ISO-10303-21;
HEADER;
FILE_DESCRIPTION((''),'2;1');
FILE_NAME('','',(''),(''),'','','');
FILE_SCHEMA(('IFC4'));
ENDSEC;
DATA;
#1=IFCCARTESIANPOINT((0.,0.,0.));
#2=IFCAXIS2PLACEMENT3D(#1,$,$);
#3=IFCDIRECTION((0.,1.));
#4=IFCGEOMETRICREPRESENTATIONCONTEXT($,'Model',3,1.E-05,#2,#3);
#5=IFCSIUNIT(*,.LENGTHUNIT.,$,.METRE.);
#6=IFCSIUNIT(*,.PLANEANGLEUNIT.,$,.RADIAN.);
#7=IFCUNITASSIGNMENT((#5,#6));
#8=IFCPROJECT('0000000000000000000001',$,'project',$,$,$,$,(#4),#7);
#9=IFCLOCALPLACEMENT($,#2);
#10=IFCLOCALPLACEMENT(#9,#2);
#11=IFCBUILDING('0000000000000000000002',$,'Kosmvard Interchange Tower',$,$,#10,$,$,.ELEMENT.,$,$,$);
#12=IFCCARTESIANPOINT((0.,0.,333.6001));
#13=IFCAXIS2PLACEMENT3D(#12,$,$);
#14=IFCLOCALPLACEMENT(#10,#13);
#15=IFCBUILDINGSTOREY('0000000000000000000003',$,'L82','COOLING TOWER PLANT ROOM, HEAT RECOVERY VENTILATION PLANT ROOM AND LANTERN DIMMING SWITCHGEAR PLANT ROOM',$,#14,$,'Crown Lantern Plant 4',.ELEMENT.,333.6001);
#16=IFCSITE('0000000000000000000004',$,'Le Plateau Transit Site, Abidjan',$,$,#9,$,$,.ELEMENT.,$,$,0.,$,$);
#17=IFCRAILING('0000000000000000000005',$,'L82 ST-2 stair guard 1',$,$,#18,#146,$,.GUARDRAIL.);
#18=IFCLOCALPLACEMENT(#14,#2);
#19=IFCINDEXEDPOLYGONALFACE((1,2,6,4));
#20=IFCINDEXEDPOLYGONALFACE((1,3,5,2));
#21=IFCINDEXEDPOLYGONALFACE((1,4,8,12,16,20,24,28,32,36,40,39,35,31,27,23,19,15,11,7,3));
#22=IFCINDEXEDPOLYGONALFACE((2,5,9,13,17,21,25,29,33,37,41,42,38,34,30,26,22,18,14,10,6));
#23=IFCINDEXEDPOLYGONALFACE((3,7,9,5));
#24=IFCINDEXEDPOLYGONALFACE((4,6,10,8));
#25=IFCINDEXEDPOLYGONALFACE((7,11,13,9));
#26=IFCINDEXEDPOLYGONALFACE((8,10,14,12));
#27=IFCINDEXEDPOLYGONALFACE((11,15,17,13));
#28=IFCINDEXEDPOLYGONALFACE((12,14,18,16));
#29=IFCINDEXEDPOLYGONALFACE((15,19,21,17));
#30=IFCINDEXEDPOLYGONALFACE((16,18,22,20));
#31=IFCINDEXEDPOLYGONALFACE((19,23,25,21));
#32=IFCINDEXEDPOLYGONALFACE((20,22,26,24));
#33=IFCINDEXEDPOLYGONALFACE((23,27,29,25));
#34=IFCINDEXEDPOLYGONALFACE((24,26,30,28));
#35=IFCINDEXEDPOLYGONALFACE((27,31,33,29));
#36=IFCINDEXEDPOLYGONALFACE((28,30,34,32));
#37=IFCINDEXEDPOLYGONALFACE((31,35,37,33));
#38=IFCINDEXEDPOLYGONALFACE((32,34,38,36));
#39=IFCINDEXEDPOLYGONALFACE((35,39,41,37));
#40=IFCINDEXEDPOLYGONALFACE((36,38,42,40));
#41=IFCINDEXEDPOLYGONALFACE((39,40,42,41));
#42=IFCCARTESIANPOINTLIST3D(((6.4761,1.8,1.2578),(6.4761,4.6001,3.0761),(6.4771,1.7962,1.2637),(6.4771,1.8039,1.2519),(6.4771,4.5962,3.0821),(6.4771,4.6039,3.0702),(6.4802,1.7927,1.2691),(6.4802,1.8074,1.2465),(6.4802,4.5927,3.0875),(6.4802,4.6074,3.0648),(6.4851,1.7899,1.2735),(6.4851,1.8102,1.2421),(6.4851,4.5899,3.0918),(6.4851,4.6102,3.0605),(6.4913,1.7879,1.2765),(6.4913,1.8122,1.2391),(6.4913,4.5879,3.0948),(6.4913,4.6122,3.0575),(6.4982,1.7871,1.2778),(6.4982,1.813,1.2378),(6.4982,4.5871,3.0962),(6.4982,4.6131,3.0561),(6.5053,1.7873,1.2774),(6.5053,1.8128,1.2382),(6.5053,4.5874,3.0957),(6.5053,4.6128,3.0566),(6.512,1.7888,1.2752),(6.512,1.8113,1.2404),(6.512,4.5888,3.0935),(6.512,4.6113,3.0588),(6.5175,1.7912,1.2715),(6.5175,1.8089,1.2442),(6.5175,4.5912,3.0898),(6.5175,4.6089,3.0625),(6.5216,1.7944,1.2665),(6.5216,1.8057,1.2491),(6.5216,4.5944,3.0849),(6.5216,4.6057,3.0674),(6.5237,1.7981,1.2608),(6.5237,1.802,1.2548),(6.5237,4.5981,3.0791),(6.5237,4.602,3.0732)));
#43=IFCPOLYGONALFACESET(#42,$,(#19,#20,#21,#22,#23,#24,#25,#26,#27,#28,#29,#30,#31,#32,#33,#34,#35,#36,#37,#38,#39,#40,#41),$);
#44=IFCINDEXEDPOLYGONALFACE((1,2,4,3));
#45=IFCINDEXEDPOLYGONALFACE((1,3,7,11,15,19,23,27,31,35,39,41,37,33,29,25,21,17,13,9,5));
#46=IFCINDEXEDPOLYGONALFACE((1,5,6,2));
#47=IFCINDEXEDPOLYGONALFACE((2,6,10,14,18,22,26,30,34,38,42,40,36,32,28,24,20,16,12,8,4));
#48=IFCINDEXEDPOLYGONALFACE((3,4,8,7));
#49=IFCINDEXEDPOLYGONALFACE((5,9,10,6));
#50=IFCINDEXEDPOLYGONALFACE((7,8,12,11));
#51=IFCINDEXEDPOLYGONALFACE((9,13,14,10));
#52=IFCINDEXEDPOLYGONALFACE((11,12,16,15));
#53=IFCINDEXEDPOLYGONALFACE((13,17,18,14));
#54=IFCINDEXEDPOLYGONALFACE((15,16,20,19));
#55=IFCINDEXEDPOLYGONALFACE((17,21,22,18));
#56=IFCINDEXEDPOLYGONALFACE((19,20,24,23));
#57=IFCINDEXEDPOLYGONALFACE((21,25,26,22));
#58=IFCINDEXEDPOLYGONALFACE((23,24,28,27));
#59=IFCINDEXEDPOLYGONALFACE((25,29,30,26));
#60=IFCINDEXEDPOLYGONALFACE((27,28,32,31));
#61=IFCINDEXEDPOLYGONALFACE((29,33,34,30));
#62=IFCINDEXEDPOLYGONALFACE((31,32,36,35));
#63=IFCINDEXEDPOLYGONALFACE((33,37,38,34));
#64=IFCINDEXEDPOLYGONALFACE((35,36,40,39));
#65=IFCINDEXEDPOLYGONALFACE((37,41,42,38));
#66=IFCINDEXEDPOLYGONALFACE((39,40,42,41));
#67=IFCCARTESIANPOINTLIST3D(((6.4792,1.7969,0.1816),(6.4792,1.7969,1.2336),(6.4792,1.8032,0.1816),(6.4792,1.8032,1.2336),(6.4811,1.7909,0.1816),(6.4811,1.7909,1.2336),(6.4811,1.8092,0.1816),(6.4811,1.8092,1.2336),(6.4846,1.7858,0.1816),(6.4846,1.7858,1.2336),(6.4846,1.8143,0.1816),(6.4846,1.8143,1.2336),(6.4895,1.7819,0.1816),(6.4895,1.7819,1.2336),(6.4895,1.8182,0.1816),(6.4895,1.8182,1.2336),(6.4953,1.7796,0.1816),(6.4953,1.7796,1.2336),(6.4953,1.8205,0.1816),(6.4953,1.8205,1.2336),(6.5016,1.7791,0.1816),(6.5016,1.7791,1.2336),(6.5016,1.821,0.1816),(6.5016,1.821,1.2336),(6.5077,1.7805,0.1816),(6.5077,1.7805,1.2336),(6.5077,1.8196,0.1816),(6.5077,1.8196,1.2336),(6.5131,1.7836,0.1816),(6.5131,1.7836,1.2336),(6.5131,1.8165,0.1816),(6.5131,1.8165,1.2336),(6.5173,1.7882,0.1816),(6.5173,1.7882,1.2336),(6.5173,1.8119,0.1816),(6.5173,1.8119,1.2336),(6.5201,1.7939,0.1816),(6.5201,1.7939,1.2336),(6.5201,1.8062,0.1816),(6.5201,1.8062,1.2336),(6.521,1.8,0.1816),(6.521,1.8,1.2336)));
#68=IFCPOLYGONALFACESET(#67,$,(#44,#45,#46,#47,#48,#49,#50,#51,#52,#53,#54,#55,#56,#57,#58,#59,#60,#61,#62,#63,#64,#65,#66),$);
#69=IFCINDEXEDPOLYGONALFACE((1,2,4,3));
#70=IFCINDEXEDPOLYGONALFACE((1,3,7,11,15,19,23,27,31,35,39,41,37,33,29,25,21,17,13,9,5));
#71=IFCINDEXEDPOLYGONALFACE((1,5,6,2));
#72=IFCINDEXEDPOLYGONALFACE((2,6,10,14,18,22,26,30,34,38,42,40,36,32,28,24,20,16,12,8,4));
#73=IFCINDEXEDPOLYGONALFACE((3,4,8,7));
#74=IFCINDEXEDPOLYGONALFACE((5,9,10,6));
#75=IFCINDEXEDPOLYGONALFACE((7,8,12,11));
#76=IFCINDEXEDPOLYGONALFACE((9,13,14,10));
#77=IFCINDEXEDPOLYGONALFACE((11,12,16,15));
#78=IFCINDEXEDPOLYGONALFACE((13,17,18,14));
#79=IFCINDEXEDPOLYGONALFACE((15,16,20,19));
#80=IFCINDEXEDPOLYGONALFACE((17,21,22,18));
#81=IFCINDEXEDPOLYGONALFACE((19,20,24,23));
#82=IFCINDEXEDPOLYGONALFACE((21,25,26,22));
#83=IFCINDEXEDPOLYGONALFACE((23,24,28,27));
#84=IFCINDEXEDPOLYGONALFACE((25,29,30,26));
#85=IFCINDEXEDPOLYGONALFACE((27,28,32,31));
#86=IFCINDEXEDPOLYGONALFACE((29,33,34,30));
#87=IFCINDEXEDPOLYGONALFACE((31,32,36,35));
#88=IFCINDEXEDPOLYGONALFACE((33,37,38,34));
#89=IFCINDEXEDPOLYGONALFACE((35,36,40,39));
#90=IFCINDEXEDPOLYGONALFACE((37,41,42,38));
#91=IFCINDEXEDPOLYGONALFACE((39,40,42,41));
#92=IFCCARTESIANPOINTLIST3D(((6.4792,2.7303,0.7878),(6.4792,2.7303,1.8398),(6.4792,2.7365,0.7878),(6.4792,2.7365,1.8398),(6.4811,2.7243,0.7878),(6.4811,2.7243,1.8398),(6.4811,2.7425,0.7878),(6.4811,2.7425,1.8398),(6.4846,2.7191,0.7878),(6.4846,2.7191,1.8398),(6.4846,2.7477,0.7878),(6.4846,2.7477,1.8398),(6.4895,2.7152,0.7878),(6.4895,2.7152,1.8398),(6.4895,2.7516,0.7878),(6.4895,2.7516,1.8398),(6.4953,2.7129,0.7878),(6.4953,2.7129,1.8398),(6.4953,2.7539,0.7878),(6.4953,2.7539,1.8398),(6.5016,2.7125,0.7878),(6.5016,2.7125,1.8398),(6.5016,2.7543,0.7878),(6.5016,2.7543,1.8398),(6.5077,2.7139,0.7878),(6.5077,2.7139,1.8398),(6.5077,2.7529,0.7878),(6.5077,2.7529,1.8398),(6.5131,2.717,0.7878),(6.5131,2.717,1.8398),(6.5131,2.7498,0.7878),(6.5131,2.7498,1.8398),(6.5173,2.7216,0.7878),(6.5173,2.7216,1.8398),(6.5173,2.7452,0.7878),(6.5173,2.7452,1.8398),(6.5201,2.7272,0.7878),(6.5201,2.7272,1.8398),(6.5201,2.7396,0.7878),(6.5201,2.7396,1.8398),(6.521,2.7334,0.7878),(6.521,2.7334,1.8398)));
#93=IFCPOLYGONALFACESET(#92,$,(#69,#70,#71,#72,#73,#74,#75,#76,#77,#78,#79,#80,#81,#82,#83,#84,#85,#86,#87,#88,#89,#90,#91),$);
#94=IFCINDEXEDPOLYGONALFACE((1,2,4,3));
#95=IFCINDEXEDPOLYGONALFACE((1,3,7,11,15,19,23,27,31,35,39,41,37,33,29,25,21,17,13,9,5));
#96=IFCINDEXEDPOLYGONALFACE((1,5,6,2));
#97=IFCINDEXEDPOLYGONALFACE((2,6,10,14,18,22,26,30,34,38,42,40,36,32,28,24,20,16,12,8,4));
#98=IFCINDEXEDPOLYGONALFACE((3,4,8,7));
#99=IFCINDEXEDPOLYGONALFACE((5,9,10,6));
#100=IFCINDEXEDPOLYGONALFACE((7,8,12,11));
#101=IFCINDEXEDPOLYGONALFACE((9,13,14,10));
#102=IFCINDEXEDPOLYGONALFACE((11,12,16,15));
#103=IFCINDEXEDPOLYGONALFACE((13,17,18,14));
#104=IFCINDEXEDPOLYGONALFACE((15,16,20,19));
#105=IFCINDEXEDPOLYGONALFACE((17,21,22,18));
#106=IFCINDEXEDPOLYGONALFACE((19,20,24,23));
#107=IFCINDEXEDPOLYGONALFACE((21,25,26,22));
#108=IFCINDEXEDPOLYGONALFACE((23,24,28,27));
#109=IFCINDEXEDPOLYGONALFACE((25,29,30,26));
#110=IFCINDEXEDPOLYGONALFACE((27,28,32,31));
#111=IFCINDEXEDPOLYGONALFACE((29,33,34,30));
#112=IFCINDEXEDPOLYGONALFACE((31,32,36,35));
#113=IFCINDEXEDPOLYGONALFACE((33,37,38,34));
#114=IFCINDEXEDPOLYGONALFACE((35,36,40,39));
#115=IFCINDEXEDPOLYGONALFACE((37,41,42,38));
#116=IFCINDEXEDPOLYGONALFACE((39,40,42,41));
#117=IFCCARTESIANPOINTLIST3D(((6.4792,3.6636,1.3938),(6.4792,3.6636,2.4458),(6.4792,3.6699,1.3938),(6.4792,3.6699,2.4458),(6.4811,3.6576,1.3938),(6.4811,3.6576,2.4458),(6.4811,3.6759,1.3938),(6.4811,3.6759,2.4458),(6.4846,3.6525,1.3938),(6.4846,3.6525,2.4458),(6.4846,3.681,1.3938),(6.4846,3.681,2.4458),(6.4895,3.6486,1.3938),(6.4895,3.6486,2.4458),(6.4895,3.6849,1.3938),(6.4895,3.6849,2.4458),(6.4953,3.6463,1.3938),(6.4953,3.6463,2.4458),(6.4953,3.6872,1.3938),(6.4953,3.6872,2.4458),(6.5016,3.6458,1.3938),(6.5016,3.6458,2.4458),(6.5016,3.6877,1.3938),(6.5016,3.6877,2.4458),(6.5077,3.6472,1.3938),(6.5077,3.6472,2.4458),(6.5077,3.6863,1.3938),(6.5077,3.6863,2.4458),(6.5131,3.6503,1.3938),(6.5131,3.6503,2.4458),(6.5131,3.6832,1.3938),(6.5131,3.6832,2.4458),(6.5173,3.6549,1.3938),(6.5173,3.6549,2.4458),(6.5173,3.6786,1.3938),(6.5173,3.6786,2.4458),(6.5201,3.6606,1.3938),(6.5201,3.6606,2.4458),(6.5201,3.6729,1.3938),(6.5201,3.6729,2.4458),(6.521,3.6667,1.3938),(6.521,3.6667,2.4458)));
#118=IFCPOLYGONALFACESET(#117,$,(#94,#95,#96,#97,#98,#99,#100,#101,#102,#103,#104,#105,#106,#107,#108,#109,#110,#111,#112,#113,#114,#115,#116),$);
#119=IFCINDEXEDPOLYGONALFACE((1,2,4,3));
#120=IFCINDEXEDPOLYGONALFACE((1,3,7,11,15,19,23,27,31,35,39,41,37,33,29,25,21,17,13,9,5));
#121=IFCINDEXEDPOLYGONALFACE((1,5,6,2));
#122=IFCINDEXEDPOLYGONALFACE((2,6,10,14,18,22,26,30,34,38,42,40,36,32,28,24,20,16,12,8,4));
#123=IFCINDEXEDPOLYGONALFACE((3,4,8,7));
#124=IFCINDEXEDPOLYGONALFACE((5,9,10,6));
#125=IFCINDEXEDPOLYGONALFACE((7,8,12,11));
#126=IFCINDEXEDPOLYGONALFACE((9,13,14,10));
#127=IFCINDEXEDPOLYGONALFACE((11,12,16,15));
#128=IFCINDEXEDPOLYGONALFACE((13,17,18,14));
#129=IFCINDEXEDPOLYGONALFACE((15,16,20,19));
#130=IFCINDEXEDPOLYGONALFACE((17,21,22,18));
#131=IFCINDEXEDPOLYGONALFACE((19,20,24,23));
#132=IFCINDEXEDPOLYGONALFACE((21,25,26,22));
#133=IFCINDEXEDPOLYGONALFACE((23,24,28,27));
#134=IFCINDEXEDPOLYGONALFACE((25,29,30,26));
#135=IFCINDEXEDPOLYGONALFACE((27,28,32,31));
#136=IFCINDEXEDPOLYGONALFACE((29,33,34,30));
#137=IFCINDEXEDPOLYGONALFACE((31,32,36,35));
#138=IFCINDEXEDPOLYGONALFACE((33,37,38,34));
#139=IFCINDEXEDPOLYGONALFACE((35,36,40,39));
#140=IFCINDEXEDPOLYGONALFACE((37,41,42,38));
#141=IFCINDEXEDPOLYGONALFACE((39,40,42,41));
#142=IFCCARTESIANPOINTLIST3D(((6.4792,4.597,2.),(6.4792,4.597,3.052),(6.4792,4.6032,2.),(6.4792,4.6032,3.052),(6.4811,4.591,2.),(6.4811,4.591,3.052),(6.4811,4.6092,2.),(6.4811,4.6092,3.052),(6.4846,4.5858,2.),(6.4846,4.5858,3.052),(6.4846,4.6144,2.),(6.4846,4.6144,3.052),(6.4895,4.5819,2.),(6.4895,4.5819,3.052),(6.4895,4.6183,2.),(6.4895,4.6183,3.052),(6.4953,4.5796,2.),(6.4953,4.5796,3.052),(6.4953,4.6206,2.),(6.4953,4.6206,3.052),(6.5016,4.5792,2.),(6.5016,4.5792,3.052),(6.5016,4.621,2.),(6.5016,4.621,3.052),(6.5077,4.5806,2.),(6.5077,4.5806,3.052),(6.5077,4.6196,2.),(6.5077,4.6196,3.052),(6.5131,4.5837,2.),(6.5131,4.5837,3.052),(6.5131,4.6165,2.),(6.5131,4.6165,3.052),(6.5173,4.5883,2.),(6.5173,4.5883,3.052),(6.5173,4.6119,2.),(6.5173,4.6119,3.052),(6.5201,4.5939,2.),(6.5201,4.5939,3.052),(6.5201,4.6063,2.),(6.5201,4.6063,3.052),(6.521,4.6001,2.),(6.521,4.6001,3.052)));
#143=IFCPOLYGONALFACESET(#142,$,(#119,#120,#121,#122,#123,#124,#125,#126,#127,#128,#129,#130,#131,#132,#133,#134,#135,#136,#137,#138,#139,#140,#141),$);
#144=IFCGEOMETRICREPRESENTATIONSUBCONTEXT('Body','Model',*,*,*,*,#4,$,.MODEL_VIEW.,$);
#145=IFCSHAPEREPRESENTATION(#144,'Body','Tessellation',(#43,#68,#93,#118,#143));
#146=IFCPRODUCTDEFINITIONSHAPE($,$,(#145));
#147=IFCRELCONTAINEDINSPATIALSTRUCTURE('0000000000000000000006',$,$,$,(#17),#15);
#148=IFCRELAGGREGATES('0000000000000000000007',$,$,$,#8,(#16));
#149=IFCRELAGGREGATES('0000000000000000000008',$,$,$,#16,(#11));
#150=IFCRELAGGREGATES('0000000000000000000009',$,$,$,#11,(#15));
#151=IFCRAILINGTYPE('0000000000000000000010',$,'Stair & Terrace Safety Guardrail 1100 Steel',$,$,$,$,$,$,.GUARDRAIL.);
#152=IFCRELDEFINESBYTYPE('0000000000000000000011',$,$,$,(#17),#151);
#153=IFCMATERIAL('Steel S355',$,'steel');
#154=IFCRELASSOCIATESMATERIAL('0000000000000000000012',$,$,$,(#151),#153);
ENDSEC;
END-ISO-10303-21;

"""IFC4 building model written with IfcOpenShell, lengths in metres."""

from ifc_helpers import new_model, si_unit, direction, frame, origin, origin_2d, place, context, subcontext, project, spatial, circle, extrude, source, transform, mapped, material, type_object, element, save


model = new_model("IFC4")

# Units and contexts
model_context = context("Model", 3, precision=1e-05, world=origin(), true_north=direction((0.0, 1.0)))
body_context = subcontext(model_context, "Body", "Model", "MODEL_VIEW")
ifc_project = project(units=[si_unit("LENGTHUNIT", "METRE"), si_unit("PLANEANGLEUNIT", "RADIAN")], contexts=[model_context])

# Site, building, storey
site_placement = place(None, origin())
site = spatial("IfcSite", under=ifc_project, at=site_placement, Name="Le Plateau Transit Site, Abidjan", CompositionType="ELEMENT", RefElevation=0.0)
building_placement = place(site_placement, origin())
building = spatial("IfcBuilding", under=site, at=building_placement, Name="Kosmvard Interchange Tower", CompositionType="ELEMENT")
storey_placement = place(building_placement, frame((0.0, 0.0, 333.6001)))
storey = spatial("IfcBuildingStorey", under=building, at=storey_placement, Name="L82", Description="COOLING TOWER PLANT ROOM, HEAT RECOVERY VENTILATION PLANT ROOM AND LANTERN DIMMING SWITCHGEAR PLANT ROOM", LongName="Crown Lantern Plant 4", CompositionType="ELEMENT", Elevation=333.6001)

# Shared definitions
ifc_material_1 = material(Name="Steel S355", Category="steel")

# Railing
railing_type_1 = type_object("IfcRailingType", Name="Stair & Terrace Safety Guardrail 1100 Steel", PredefinedType="GUARDRAIL", material=ifc_material_1)
shared_shape_1 = source(origin(), body_context, "Body", "SweptSolid", [
    extrude(circle(Radius=0.0239, at=origin_2d()), frame((0.0, 0.0, 1.0762), z_axis=(0.0, 0.838672, 0.544636), x_axis=(-1.0, 0.0, 0.0)), (0.0, 0.0, 1.0), 3.3386),
    extrude(circle(Radius=0.021, at=origin_2d()), origin(), (0.0, 0.0, 1.0), 1.052),
    extrude(circle(Radius=0.021, at=origin_2d()), frame((0.0, 0.9333, 0.6062)), (0.0, 0.0, 1.0), 1.052),
    extrude(circle(Radius=0.021, at=origin_2d()), frame((0.0, 1.8667, 1.2122)), (0.0, 0.0, 1.0), 1.052),
    extrude(circle(Radius=0.021, at=origin_2d()), frame((0.0, 2.8, 1.8184)), (0.0, 0.0, 1.0), 1.052),
])
railing_1_placement = place(storey_placement, frame((6.5, 1.8, 0.1816)))
element("IfcRailing", 1, at=railing_1_placement, inside=storey, type_object=railing_type_1, Name="L82 ST-2 stair guard 1", PredefinedType="GUARDRAIL", context=body_context, shape_type="MappedRepresentation", body=[
    mapped(shared_shape_1, transform((0.0, 0.0, 0.0), scale=1.0)),
])

save(model, "model.ifc")
